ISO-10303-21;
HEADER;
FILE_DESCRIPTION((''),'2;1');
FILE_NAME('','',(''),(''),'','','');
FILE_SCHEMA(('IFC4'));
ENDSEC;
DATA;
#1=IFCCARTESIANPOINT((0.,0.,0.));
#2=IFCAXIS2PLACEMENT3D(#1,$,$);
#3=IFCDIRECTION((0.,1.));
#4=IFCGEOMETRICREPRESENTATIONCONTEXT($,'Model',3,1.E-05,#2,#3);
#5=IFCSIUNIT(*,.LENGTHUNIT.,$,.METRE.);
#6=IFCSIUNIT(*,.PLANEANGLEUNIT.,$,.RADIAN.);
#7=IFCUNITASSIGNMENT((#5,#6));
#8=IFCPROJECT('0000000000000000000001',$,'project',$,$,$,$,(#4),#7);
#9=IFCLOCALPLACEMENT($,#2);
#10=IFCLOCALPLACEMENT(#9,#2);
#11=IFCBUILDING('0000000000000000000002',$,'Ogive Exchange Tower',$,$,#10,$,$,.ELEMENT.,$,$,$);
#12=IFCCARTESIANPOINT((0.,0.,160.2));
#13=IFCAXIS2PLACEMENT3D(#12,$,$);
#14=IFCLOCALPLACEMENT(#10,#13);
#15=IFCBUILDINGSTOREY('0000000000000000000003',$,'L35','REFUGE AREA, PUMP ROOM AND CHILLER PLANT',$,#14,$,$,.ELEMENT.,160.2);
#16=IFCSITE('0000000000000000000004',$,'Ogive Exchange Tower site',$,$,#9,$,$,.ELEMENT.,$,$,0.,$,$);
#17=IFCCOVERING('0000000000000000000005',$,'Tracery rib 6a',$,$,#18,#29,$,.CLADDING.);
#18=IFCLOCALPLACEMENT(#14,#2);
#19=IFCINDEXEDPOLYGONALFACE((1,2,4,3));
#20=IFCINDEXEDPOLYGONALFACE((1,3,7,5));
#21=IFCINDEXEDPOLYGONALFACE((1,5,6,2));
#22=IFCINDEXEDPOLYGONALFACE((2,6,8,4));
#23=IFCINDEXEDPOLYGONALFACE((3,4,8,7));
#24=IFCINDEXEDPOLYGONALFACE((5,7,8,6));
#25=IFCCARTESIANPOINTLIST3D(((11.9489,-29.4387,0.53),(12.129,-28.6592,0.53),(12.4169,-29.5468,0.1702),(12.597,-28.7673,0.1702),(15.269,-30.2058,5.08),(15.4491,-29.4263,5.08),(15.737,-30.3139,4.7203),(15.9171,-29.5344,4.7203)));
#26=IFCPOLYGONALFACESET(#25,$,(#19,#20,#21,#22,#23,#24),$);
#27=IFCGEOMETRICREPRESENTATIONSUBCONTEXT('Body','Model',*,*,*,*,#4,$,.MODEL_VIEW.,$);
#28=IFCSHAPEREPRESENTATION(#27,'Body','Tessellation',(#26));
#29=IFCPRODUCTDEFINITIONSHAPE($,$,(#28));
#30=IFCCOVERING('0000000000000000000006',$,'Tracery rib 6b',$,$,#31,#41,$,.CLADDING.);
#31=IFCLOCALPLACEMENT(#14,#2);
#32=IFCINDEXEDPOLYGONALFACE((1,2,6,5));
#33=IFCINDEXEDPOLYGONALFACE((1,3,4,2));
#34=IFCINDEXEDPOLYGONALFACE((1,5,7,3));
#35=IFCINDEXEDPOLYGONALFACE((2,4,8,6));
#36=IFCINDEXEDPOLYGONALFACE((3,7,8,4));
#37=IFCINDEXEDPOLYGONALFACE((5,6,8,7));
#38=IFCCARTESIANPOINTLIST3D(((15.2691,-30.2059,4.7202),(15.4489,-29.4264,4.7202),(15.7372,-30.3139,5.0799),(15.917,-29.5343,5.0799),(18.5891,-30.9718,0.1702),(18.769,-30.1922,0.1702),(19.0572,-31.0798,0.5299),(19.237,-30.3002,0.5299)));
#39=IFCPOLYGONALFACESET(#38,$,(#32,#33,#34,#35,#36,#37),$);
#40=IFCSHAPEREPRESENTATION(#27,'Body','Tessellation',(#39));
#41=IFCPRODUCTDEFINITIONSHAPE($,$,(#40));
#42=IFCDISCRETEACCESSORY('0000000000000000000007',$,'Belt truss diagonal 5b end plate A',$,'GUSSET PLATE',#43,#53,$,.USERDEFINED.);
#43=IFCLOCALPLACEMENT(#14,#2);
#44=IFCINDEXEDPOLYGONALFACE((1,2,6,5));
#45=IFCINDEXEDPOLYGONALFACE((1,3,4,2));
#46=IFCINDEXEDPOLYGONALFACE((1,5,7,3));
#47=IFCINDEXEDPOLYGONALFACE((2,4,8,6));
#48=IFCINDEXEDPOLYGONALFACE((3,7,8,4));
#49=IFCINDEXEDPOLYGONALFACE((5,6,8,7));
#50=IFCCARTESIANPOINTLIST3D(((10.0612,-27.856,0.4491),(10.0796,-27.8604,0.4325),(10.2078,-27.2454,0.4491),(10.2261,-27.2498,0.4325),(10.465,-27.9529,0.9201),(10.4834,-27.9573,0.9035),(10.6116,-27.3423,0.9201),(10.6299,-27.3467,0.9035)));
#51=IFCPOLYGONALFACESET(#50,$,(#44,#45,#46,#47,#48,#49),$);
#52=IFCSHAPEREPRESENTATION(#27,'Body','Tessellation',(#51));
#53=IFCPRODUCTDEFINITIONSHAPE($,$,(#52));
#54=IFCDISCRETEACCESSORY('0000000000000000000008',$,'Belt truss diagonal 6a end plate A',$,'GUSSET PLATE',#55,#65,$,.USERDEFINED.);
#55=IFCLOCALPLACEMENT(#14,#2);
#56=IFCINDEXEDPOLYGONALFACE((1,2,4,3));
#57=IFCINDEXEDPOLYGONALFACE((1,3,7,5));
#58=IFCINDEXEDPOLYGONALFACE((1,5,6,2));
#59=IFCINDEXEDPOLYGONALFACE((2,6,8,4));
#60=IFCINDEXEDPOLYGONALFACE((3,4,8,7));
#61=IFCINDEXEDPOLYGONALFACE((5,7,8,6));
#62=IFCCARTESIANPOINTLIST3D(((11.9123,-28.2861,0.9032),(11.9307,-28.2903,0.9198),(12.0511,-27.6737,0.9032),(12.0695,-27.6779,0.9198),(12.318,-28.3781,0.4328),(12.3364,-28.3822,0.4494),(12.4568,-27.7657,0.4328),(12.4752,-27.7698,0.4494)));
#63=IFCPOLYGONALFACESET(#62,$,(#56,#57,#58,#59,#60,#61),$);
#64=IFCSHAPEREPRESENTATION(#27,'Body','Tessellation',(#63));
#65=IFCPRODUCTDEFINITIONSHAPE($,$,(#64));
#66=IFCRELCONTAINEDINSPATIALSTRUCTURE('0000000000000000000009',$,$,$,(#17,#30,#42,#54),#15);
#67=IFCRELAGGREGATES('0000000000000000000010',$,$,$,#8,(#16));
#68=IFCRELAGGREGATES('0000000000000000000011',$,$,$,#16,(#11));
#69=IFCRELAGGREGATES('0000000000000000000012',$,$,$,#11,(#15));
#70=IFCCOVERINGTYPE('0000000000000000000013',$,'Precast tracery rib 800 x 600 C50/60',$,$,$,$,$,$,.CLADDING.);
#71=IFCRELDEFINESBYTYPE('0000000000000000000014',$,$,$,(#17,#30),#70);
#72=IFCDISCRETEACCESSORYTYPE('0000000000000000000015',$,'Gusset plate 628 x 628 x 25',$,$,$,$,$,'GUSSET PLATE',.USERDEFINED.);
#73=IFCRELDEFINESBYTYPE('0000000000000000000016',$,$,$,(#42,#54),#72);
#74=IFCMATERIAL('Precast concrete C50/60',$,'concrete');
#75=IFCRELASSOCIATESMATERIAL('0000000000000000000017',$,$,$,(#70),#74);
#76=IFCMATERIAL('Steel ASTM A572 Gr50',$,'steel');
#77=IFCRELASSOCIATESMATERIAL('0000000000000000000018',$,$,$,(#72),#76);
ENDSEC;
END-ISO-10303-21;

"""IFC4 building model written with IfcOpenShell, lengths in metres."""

from ifc_helpers import new_model, si_unit, direction, frame, origin, origin_2d, place, context, subcontext, project, spatial, rectangle, extrude, material, material_profile, profile_set, type_object, element, save


model = new_model("IFC4")

# Units and contexts
model_context = context("Model", 3, precision=1e-05, world=origin(), true_north=direction((0.0, 1.0)))
body_context = subcontext(model_context, "Body", "Model", "MODEL_VIEW")
ifc_project = project(units=[si_unit("LENGTHUNIT", "METRE"), si_unit("PLANEANGLEUNIT", "RADIAN")], contexts=[model_context])

# Site, building, storey
site_placement = place(None, origin())
site = spatial("IfcSite", under=ifc_project, at=site_placement, Name="Ogive Exchange Tower site", CompositionType="ELEMENT", RefElevation=0.0)
building_placement = place(site_placement, origin())
building = spatial("IfcBuilding", under=site, at=building_placement, Name="Ogive Exchange Tower", CompositionType="ELEMENT")
storey_placement = place(building_placement, frame((0.0, 0.0, 160.2)))
storey = spatial("IfcBuildingStorey", under=building, at=storey_placement, Name="L35", Description="REFUGE AREA, PUMP ROOM AND CHILLER PLANT", CompositionType="ELEMENT", Elevation=160.2)

# Coverings
ifc_material_1 = material(Name="Precast concrete C50/60", Category="concrete")
ifc_material_profile_1 = material_profile(ifc_material_1, rectangle(XDim=0.8, YDim=0.6001, at=origin_2d()), Name="RIB 800 x 600")
ifc_profile_set_1 = profile_set([ifc_material_profile_1], Name="Precast concrete C50/60")
covering_type = type_object("IfcCoveringType", Name="Precast tracery rib 800 x 600 C50/60", PredefinedType="CLADDING", material=ifc_profile_set_1)
covering_1_placement = place(storey_placement, frame((12.2729, -29.103, 0.3501), z_axis=(0.58405, -0.134943, 0.800422), x_axis=(0.225116, 0.974332, 0.0)))
element("IfcCovering", 1, at=covering_1_placement, inside=storey, type_object=covering_type, Name="Tracery rib 6a", PredefinedType="CLADDING", context=body_context, shape_type="SweptSolid", body=[
    extrude(rectangle(XDim=0.8, YDim=0.6001, at=origin_2d()), origin(), (0.0, 0.0, 1.0), 5.6846),
])
covering_2_placement = place(storey_placement, frame((18.9131, -30.636, 0.3501), z_axis=(-0.584067, 0.134732, 0.800445), x_axis=(-0.224776, -0.974411, 0.0)))
element("IfcCovering", 2, at=covering_2_placement, inside=storey, type_object=covering_type, Name="Tracery rib 6b", PredefinedType="CLADDING", context=body_context, shape_type="SweptSolid", body=[
    extrude(rectangle(XDim=0.8, YDim=0.6001, at=origin_2d()), origin(), (0.0, 0.0, 1.0), 5.6843),
])

# Discrete accessories
ifc_material_2 = material(Name="Steel ASTM A572 Gr50", Category="steel")
ifc_material_profile_2 = material_profile(ifc_material_2, rectangle(XDim=0.6279, YDim=0.6279, at=origin_2d()), Name="PL 628 x 628 x 25")
ifc_profile_set_2 = profile_set([ifc_material_profile_2], Name="Steel ASTM A572 Gr50")
discrete_accessory_type = type_object("IfcDiscreteAccessoryType", Name="Gusset plate 628 x 628 x 25", ElementType="GUSSET PLATE", PredefinedType="USERDEFINED", material=ifc_profile_set_2)
for number, where, z_axis, x_axis, name in (
    (3, (10.3547, -27.6035, 0.668), (-0.729394, 0.175055, 0.661317), (-0.233373, -0.972387, 0.0), "Belt truss diagonal 5b end plate A"),
    (4, (12.1846, -28.0259, 0.668), (0.730604, -0.165604, 0.662414), (0.221059, 0.97526, 0.0), "Belt truss diagonal 6a end plate A"),
):
    element("IfcDiscreteAccessory", number, at=place(storey_placement, frame(where, z_axis=z_axis, x_axis=x_axis)), inside=storey, type_object=discrete_accessory_type, Name=name, ObjectType="GUSSET PLATE", PredefinedType="USERDEFINED", context=body_context, shape_type="SweptSolid", body=[
        extrude(rectangle(XDim=0.6279, YDim=0.6279, at=origin_2d()), origin(), (0.0, 0.0, 1.0), 0.0251),
    ])

save(model, "model.ifc")
